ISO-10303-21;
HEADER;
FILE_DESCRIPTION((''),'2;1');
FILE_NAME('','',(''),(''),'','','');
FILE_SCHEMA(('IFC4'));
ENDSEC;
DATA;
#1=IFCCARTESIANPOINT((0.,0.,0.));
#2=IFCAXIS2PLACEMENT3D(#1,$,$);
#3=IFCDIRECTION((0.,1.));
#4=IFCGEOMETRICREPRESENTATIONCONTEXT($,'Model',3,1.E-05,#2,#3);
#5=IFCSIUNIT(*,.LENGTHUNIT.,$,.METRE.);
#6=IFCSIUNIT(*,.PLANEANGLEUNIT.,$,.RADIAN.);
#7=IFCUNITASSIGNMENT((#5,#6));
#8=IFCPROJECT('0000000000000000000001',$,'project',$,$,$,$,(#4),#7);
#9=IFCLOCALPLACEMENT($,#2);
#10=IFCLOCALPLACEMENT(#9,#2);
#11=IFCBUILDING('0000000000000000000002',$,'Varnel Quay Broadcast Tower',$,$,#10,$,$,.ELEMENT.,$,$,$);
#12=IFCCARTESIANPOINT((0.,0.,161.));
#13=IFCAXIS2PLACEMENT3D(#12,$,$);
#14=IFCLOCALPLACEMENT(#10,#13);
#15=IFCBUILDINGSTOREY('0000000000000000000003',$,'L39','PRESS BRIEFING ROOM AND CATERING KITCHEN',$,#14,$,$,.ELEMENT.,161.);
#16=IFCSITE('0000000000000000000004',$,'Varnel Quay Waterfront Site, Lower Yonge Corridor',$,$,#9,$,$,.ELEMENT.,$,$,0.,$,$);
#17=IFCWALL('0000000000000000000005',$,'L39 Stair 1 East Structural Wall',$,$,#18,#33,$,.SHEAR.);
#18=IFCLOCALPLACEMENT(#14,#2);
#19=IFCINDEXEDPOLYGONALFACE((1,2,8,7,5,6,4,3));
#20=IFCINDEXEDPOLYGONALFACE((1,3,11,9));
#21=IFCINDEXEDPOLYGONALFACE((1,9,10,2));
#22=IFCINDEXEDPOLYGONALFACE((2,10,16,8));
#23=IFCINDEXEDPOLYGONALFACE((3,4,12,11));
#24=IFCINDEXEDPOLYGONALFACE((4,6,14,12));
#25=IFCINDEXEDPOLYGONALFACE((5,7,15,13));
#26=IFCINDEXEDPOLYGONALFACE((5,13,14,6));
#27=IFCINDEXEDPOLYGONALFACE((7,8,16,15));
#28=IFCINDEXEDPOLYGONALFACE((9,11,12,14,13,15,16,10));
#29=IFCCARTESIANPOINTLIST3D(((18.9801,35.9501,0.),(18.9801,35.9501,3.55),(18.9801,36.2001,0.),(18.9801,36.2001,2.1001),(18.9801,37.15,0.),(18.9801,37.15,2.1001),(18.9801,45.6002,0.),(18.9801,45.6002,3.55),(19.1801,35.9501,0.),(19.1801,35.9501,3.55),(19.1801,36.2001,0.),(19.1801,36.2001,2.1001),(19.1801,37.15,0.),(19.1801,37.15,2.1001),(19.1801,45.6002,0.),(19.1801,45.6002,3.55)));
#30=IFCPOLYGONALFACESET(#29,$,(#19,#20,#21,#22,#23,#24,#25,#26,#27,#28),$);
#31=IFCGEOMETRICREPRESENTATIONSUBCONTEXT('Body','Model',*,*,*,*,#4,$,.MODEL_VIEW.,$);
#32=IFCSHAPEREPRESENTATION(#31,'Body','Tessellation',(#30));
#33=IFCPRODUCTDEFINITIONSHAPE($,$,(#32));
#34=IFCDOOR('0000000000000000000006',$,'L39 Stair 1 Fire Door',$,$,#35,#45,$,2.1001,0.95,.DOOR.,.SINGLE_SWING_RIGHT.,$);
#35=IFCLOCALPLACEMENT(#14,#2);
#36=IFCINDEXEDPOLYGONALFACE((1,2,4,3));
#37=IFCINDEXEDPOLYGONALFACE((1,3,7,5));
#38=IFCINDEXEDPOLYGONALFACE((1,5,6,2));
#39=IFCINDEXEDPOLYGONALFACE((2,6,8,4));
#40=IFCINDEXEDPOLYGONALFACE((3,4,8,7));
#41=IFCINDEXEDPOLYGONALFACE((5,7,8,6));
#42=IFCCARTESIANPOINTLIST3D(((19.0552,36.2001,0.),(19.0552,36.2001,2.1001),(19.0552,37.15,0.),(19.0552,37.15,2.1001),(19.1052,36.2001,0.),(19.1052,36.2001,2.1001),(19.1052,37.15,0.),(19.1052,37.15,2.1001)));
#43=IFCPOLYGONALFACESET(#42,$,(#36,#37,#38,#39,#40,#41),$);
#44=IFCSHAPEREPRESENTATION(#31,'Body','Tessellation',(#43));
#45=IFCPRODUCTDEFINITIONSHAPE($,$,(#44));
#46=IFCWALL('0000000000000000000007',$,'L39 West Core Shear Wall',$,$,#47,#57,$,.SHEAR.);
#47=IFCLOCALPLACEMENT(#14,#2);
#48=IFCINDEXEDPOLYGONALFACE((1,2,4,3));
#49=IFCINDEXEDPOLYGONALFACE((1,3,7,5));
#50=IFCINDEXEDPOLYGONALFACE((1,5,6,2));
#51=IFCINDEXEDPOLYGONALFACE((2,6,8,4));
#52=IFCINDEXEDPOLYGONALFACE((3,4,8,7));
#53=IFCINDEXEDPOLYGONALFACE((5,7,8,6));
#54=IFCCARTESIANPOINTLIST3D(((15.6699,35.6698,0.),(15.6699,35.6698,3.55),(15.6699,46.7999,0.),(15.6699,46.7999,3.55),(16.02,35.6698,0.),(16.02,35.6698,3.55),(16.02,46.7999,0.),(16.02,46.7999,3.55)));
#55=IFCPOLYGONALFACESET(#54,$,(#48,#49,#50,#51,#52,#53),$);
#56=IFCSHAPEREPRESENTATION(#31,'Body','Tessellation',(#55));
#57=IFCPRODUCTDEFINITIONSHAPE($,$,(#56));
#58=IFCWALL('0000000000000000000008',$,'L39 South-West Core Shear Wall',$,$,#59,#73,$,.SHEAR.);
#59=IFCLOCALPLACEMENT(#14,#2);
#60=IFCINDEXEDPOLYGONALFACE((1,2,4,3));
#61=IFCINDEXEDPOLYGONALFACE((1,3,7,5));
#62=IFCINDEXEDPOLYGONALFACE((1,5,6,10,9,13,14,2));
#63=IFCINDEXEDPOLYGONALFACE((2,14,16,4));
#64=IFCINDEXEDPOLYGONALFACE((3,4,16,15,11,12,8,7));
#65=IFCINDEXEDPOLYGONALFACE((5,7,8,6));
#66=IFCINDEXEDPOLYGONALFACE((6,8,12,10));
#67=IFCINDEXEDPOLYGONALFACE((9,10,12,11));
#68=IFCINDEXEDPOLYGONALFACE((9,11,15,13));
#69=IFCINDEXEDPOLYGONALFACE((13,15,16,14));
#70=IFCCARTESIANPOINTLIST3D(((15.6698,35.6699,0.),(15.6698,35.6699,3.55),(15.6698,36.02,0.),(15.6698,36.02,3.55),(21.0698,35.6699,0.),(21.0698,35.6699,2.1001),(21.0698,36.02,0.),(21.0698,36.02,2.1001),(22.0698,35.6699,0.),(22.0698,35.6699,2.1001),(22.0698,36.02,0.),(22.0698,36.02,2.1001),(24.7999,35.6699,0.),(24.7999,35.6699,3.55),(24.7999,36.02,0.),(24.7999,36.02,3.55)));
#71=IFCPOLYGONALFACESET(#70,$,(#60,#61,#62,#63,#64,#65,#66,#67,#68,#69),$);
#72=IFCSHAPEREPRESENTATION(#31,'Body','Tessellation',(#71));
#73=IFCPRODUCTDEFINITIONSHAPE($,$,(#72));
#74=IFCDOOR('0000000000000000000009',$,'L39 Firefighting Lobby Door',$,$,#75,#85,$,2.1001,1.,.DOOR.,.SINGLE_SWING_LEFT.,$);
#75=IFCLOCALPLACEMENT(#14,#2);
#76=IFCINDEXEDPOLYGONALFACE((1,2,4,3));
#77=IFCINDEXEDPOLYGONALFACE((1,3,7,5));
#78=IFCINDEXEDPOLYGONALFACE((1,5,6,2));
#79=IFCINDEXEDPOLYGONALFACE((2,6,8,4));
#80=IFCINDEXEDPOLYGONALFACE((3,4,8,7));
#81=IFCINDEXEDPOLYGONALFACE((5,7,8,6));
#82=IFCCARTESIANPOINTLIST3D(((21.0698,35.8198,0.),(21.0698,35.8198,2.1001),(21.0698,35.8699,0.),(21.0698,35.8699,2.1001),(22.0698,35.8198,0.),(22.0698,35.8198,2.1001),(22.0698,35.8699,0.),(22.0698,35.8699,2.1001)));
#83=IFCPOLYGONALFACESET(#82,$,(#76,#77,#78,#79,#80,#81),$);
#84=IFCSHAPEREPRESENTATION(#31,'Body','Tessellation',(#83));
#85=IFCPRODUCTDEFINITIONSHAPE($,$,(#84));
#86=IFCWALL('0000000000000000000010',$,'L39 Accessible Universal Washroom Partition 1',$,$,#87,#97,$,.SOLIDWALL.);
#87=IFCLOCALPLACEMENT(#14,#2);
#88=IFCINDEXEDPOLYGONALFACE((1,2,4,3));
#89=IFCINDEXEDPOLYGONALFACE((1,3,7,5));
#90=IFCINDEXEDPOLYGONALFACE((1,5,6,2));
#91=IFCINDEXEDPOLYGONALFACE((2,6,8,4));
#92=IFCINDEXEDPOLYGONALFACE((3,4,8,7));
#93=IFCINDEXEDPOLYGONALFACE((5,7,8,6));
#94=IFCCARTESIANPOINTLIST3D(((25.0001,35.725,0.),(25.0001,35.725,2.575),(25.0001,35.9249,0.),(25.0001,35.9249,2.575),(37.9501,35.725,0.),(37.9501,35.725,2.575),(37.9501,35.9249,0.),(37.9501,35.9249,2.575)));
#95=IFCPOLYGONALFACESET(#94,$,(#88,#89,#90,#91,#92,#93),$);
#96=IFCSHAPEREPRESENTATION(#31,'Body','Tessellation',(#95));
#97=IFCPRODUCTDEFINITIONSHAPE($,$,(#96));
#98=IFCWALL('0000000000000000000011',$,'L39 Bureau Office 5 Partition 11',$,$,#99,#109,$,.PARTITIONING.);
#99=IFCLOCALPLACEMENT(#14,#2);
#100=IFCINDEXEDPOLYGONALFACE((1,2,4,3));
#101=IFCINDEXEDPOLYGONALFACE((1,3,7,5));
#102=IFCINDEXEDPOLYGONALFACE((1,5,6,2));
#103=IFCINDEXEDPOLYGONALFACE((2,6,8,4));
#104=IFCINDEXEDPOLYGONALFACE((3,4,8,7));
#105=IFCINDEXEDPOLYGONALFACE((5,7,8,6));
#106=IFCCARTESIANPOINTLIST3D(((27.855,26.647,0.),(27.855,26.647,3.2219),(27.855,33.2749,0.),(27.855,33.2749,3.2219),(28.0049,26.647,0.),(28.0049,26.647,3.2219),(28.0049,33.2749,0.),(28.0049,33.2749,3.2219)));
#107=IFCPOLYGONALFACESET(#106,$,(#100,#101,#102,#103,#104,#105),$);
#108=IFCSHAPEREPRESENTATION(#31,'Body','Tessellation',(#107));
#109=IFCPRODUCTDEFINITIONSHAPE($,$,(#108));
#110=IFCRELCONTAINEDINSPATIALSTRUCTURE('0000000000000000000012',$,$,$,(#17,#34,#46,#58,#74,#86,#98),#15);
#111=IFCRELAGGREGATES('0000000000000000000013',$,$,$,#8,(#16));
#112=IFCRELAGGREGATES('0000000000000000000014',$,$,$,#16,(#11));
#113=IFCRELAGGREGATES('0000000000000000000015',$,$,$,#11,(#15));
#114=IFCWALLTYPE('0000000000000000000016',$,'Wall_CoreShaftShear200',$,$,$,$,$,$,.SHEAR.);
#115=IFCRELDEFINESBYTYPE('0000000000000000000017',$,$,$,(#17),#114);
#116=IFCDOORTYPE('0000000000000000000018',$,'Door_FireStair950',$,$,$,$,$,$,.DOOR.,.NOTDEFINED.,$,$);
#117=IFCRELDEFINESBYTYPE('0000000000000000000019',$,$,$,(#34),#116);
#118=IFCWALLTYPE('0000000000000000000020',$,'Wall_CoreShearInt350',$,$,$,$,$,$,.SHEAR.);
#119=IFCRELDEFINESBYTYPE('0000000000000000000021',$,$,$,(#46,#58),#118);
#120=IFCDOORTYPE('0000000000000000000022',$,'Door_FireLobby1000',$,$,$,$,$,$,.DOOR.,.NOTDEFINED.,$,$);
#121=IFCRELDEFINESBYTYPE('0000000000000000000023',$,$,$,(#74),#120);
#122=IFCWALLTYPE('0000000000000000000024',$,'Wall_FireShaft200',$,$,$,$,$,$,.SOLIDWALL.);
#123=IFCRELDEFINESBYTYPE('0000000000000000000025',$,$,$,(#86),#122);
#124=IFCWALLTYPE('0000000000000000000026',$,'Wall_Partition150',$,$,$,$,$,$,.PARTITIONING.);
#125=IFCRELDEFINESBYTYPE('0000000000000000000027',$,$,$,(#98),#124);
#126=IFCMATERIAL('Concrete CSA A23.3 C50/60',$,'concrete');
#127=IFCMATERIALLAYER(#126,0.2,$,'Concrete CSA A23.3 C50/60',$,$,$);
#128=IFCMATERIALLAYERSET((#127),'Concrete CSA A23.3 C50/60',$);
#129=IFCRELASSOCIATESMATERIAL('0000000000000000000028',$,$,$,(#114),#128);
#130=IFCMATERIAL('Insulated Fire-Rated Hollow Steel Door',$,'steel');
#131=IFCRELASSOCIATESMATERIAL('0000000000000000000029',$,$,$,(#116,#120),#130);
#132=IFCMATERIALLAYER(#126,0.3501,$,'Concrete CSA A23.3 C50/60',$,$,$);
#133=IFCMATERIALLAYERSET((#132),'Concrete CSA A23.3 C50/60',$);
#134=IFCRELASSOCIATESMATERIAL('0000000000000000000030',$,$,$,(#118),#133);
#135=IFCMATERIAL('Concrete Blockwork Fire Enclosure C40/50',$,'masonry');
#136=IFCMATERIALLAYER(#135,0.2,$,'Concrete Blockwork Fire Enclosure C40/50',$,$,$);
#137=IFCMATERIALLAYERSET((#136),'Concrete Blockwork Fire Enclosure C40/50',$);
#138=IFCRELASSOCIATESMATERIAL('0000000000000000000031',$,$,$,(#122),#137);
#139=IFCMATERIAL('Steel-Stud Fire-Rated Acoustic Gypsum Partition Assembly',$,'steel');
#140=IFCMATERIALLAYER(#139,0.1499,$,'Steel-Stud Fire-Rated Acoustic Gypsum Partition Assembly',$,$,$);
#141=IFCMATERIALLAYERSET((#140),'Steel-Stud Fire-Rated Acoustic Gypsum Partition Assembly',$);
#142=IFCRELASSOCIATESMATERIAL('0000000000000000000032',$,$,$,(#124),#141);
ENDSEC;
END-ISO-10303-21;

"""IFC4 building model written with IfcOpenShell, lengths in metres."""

from ifc_helpers import new_model, si_unit, direction, frame, frame_2d, origin, place, context, subcontext, project, spatial, rectangle, extrude, source, transform, mapped, material, layer, layer_set, type_object, type_shapes, element, fill, save


model = new_model("IFC4")

# Units and contexts
model_context = context("Model", 3, precision=1e-05, world=origin(), true_north=direction((0.0, 1.0)))
body_context = subcontext(model_context, "Body", "Model", "MODEL_VIEW")
ifc_project = project(units=[si_unit("LENGTHUNIT", "METRE"), si_unit("PLANEANGLEUNIT", "RADIAN")], contexts=[model_context])

# Site, building, storey
site_placement = place(None, origin())
site = spatial("IfcSite", under=ifc_project, at=site_placement, Name="Varnel Quay Waterfront Site, Lower Yonge Corridor", CompositionType="ELEMENT", RefElevation=0.0)
building_placement = place(site_placement, origin())
building = spatial("IfcBuilding", under=site, at=building_placement, Name="Varnel Quay Broadcast Tower", CompositionType="ELEMENT")
storey_placement = place(building_placement, frame((0.0, 0.0, 161.0)))
storey = spatial("IfcBuildingStorey", under=building, at=storey_placement, Name="L39", Description="PRESS BRIEFING ROOM AND CATERING KITCHEN", CompositionType="ELEMENT", Elevation=161.0)

# Shared definitions
ifc_material_1 = material(Name="Concrete CSA A23.3 C50/60", Category="concrete")

# Wall, opening, door
ifc_layer_1 = layer(ifc_material_1, 0.2, Name="Concrete CSA A23.3 C50/60")
ifc_layer_set_1 = layer_set([ifc_layer_1], Name="Concrete CSA A23.3 C50/60")
wall_type_1 = type_object("IfcWallType", Name="Wall_CoreShaftShear200", PredefinedType="SHEAR", material=ifc_layer_set_1)
wall_1_placement = place(storey_placement, frame((19.0801, 35.95, 0.0), z_axis=(0.0, 0.0, 1.0), x_axis=(0.0, 1.0, 0.0)))
wall_1 = element("IfcWall", 1, at=wall_1_placement, inside=storey, type_object=wall_type_1, Name="L39 Stair 1 East Structural Wall", PredefinedType="SHEAR", context=body_context, shape_type="SweptSolid", body=[
    extrude(rectangle(XDim=9.6501, YDim=0.2, at=frame_2d((4.8252, 0.0))), origin(), (0.0, 0.0, 1.0), 3.55),
])
opening_1_placement = place(wall_1_placement, frame((0.25, 0.0, 0.0)))
opening_1 = element("IfcOpeningElement", 2, at=opening_1_placement, cuts=wall_1, PredefinedType="OPENING", context=body_context, shape_type="SweptSolid", body=[
    extrude(rectangle(XDim=0.95, YDim=2.1001, at=frame_2d((0.4751, 1.05))), frame((0.0, 0.1099, 0.0), z_axis=(0.0, -1.0, 0.0), x_axis=(1.0, 0.0, 0.0)), (0.0, 0.0, 1.0), 0.22),
])
ifc_material_2 = material(Name="Insulated Fire-Rated Hollow Steel Door", Category="steel")
door_type_1 = type_object("IfcDoorType", Name="Door_FireStair950", OperationType="NOTDEFINED", PredefinedType="DOOR", material=ifc_material_2)
shared_shape_1 = source(origin(), body_context, "Body", "SweptSolid", [
    extrude(rectangle(XDim=0.95, YDim=2.1001, at=frame_2d((0.4751, 1.05))), frame((0.0, 0.0249, 0.0), z_axis=(0.0, -1.0, 0.0), x_axis=(1.0, 0.0, 0.0)), (0.0, 0.0, 1.0), 0.05),
])
type_shapes(door_type_1, [shared_shape_1])
door_1_placement = place(opening_1_placement, origin())
door_1 = element("IfcDoor", 3, at=door_1_placement, inside=storey, type_object=door_type_1, Name="L39 Stair 1 Fire Door", OperationType="SINGLE_SWING_RIGHT", OverallHeight=2.1001, OverallWidth=0.95, PredefinedType="DOOR", context=body_context, shape_type="MappedRepresentation", body=[
    mapped(shared_shape_1, transform((0.0, 0.0, 0.0), x_axis=(1.0, 0.0, 0.0), y_axis=(0.0, 1.0, 0.0), z_axis=(0.0, 0.0, 1.0), scale=1.0)),
])
fill(opening_1, door_1)

# Wall
ifc_layer_2 = layer(ifc_material_1, 0.3501, Name="Concrete CSA A23.3 C50/60")
ifc_layer_set_2 = layer_set([ifc_layer_2], Name="Concrete CSA A23.3 C50/60")
wall_type_2 = type_object("IfcWallType", Name="Wall_CoreShearInt350", PredefinedType="SHEAR", material=ifc_layer_set_2)
wall_2_placement = place(storey_placement, frame((15.845, 35.6699, 0.0), z_axis=(0.0, 0.0, 1.0), x_axis=(0.0, 1.0, 0.0)))
element("IfcWall", 4, at=wall_2_placement, inside=storey, type_object=wall_type_2, Name="L39 West Core Shear Wall", PredefinedType="SHEAR", context=body_context, shape_type="SweptSolid", body=[
    extrude(rectangle(XDim=11.1301, YDim=0.3501, at=frame_2d((5.5649, 0.0))), origin(), (0.0, 0.0, 1.0), 3.55),
])

# Wall, opening, door
wall_3_placement = place(storey_placement, frame((15.6699, 35.845, 0.0), z_axis=(0.0, 0.0, 1.0), x_axis=(1.0, 0.0, 0.0)))
wall_3 = element("IfcWall", 5, at=wall_3_placement, inside=storey, type_object=wall_type_2, Name="L39 South-West Core Shear Wall", PredefinedType="SHEAR", context=body_context, shape_type="SweptSolid", body=[
    extrude(rectangle(XDim=9.1301, YDim=0.3501, at=frame_2d((4.5649, 0.0))), origin(), (0.0, 0.0, 1.0), 3.55),
])
opening_2_placement = place(wall_3_placement, frame((5.3999, 0.0, 0.0)))
opening_2 = element("IfcOpeningElement", 6, at=opening_2_placement, cuts=wall_3, PredefinedType="OPENING", context=body_context, shape_type="SweptSolid", body=[
    extrude(rectangle(XDim=1.0, YDim=2.1001, at=frame_2d((0.5, 1.05))), frame((0.0, 0.1851, 0.0), z_axis=(0.0, -1.0, 0.0), x_axis=(1.0, 0.0, 0.0)), (0.0, 0.0, 1.0), 0.3701),
])
door_type_2 = type_object("IfcDoorType", Name="Door_FireLobby1000", OperationType="NOTDEFINED", PredefinedType="DOOR", material=ifc_material_2)
shared_shape_2 = source(origin(), body_context, "Body", "SweptSolid", [
    extrude(rectangle(XDim=1.0, YDim=2.1001, at=frame_2d((0.5, 1.05))), frame((0.0, 0.0249, 0.0), z_axis=(0.0, -1.0, 0.0), x_axis=(1.0, 0.0, 0.0)), (0.0, 0.0, 1.0), 0.05),
])
type_shapes(door_type_2, [shared_shape_2])
door_2_placement = place(opening_2_placement, origin())
door_2 = element("IfcDoor", 7, at=door_2_placement, inside=storey, type_object=door_type_2, Name="L39 Firefighting Lobby Door", OperationType="SINGLE_SWING_LEFT", OverallHeight=2.1001, OverallWidth=1.0, PredefinedType="DOOR", context=body_context, shape_type="MappedRepresentation", body=[
    mapped(shared_shape_2, transform((0.0, 0.0, 0.0), x_axis=(1.0, 0.0, 0.0), y_axis=(0.0, 1.0, 0.0), z_axis=(0.0, 0.0, 1.0), scale=1.0)),
])
fill(opening_2, door_2)

# Walls
ifc_material_3 = material(Name="Concrete Blockwork Fire Enclosure C40/50", Category="masonry")
ifc_layer_3 = layer(ifc_material_3, 0.2, Name="Concrete Blockwork Fire Enclosure C40/50")
ifc_layer_set_3 = layer_set([ifc_layer_3], Name="Concrete Blockwork Fire Enclosure C40/50")
wall_type_3 = type_object("IfcWallType", Name="Wall_FireShaft200", PredefinedType="SOLIDWALL", material=ifc_layer_set_3)
wall_4_placement = place(storey_placement, frame((25.0, 35.825, 0.0), z_axis=(0.0, 0.0, 1.0), x_axis=(1.0, 0.0, 0.0)))
element("IfcWall", 8, at=wall_4_placement, inside=storey, type_object=wall_type_3, Name="L39 Accessible Universal Washroom Partition 1", PredefinedType="SOLIDWALL", context=body_context, shape_type="SweptSolid", body=[
    extrude(rectangle(XDim=12.95, YDim=0.2, at=frame_2d((6.4751, 0.0))), origin(), (0.0, 0.0, 1.0), 2.575),
])
ifc_material_4 = material(Name="Steel-Stud Fire-Rated Acoustic Gypsum Partition Assembly", Category="steel")
ifc_layer_4 = layer(ifc_material_4, 0.1499, Name="Steel-Stud Fire-Rated Acoustic Gypsum Partition Assembly")
ifc_layer_set_4 = layer_set([ifc_layer_4], Name="Steel-Stud Fire-Rated Acoustic Gypsum Partition Assembly")
wall_type_4 = type_object("IfcWallType", Name="Wall_Partition150", PredefinedType="PARTITIONING", material=ifc_layer_set_4)
wall_5_placement = place(storey_placement, frame((27.9299, 26.647, 0.0), z_axis=(0.0, 0.0, 1.0), x_axis=(0.0, 1.0, 0.0)))
element("IfcWall", 9, at=wall_5_placement, inside=storey, type_object=wall_type_4, Name="L39 Bureau Office 5 Partition 11", PredefinedType="PARTITIONING", context=body_context, shape_type="SweptSolid", body=[
    extrude(rectangle(XDim=6.6279, YDim=0.1499, at=frame_2d((3.314, 0.0))), origin(), (0.0, 0.0, 1.0), 3.2219),
])

save(model, "model.ifc")
